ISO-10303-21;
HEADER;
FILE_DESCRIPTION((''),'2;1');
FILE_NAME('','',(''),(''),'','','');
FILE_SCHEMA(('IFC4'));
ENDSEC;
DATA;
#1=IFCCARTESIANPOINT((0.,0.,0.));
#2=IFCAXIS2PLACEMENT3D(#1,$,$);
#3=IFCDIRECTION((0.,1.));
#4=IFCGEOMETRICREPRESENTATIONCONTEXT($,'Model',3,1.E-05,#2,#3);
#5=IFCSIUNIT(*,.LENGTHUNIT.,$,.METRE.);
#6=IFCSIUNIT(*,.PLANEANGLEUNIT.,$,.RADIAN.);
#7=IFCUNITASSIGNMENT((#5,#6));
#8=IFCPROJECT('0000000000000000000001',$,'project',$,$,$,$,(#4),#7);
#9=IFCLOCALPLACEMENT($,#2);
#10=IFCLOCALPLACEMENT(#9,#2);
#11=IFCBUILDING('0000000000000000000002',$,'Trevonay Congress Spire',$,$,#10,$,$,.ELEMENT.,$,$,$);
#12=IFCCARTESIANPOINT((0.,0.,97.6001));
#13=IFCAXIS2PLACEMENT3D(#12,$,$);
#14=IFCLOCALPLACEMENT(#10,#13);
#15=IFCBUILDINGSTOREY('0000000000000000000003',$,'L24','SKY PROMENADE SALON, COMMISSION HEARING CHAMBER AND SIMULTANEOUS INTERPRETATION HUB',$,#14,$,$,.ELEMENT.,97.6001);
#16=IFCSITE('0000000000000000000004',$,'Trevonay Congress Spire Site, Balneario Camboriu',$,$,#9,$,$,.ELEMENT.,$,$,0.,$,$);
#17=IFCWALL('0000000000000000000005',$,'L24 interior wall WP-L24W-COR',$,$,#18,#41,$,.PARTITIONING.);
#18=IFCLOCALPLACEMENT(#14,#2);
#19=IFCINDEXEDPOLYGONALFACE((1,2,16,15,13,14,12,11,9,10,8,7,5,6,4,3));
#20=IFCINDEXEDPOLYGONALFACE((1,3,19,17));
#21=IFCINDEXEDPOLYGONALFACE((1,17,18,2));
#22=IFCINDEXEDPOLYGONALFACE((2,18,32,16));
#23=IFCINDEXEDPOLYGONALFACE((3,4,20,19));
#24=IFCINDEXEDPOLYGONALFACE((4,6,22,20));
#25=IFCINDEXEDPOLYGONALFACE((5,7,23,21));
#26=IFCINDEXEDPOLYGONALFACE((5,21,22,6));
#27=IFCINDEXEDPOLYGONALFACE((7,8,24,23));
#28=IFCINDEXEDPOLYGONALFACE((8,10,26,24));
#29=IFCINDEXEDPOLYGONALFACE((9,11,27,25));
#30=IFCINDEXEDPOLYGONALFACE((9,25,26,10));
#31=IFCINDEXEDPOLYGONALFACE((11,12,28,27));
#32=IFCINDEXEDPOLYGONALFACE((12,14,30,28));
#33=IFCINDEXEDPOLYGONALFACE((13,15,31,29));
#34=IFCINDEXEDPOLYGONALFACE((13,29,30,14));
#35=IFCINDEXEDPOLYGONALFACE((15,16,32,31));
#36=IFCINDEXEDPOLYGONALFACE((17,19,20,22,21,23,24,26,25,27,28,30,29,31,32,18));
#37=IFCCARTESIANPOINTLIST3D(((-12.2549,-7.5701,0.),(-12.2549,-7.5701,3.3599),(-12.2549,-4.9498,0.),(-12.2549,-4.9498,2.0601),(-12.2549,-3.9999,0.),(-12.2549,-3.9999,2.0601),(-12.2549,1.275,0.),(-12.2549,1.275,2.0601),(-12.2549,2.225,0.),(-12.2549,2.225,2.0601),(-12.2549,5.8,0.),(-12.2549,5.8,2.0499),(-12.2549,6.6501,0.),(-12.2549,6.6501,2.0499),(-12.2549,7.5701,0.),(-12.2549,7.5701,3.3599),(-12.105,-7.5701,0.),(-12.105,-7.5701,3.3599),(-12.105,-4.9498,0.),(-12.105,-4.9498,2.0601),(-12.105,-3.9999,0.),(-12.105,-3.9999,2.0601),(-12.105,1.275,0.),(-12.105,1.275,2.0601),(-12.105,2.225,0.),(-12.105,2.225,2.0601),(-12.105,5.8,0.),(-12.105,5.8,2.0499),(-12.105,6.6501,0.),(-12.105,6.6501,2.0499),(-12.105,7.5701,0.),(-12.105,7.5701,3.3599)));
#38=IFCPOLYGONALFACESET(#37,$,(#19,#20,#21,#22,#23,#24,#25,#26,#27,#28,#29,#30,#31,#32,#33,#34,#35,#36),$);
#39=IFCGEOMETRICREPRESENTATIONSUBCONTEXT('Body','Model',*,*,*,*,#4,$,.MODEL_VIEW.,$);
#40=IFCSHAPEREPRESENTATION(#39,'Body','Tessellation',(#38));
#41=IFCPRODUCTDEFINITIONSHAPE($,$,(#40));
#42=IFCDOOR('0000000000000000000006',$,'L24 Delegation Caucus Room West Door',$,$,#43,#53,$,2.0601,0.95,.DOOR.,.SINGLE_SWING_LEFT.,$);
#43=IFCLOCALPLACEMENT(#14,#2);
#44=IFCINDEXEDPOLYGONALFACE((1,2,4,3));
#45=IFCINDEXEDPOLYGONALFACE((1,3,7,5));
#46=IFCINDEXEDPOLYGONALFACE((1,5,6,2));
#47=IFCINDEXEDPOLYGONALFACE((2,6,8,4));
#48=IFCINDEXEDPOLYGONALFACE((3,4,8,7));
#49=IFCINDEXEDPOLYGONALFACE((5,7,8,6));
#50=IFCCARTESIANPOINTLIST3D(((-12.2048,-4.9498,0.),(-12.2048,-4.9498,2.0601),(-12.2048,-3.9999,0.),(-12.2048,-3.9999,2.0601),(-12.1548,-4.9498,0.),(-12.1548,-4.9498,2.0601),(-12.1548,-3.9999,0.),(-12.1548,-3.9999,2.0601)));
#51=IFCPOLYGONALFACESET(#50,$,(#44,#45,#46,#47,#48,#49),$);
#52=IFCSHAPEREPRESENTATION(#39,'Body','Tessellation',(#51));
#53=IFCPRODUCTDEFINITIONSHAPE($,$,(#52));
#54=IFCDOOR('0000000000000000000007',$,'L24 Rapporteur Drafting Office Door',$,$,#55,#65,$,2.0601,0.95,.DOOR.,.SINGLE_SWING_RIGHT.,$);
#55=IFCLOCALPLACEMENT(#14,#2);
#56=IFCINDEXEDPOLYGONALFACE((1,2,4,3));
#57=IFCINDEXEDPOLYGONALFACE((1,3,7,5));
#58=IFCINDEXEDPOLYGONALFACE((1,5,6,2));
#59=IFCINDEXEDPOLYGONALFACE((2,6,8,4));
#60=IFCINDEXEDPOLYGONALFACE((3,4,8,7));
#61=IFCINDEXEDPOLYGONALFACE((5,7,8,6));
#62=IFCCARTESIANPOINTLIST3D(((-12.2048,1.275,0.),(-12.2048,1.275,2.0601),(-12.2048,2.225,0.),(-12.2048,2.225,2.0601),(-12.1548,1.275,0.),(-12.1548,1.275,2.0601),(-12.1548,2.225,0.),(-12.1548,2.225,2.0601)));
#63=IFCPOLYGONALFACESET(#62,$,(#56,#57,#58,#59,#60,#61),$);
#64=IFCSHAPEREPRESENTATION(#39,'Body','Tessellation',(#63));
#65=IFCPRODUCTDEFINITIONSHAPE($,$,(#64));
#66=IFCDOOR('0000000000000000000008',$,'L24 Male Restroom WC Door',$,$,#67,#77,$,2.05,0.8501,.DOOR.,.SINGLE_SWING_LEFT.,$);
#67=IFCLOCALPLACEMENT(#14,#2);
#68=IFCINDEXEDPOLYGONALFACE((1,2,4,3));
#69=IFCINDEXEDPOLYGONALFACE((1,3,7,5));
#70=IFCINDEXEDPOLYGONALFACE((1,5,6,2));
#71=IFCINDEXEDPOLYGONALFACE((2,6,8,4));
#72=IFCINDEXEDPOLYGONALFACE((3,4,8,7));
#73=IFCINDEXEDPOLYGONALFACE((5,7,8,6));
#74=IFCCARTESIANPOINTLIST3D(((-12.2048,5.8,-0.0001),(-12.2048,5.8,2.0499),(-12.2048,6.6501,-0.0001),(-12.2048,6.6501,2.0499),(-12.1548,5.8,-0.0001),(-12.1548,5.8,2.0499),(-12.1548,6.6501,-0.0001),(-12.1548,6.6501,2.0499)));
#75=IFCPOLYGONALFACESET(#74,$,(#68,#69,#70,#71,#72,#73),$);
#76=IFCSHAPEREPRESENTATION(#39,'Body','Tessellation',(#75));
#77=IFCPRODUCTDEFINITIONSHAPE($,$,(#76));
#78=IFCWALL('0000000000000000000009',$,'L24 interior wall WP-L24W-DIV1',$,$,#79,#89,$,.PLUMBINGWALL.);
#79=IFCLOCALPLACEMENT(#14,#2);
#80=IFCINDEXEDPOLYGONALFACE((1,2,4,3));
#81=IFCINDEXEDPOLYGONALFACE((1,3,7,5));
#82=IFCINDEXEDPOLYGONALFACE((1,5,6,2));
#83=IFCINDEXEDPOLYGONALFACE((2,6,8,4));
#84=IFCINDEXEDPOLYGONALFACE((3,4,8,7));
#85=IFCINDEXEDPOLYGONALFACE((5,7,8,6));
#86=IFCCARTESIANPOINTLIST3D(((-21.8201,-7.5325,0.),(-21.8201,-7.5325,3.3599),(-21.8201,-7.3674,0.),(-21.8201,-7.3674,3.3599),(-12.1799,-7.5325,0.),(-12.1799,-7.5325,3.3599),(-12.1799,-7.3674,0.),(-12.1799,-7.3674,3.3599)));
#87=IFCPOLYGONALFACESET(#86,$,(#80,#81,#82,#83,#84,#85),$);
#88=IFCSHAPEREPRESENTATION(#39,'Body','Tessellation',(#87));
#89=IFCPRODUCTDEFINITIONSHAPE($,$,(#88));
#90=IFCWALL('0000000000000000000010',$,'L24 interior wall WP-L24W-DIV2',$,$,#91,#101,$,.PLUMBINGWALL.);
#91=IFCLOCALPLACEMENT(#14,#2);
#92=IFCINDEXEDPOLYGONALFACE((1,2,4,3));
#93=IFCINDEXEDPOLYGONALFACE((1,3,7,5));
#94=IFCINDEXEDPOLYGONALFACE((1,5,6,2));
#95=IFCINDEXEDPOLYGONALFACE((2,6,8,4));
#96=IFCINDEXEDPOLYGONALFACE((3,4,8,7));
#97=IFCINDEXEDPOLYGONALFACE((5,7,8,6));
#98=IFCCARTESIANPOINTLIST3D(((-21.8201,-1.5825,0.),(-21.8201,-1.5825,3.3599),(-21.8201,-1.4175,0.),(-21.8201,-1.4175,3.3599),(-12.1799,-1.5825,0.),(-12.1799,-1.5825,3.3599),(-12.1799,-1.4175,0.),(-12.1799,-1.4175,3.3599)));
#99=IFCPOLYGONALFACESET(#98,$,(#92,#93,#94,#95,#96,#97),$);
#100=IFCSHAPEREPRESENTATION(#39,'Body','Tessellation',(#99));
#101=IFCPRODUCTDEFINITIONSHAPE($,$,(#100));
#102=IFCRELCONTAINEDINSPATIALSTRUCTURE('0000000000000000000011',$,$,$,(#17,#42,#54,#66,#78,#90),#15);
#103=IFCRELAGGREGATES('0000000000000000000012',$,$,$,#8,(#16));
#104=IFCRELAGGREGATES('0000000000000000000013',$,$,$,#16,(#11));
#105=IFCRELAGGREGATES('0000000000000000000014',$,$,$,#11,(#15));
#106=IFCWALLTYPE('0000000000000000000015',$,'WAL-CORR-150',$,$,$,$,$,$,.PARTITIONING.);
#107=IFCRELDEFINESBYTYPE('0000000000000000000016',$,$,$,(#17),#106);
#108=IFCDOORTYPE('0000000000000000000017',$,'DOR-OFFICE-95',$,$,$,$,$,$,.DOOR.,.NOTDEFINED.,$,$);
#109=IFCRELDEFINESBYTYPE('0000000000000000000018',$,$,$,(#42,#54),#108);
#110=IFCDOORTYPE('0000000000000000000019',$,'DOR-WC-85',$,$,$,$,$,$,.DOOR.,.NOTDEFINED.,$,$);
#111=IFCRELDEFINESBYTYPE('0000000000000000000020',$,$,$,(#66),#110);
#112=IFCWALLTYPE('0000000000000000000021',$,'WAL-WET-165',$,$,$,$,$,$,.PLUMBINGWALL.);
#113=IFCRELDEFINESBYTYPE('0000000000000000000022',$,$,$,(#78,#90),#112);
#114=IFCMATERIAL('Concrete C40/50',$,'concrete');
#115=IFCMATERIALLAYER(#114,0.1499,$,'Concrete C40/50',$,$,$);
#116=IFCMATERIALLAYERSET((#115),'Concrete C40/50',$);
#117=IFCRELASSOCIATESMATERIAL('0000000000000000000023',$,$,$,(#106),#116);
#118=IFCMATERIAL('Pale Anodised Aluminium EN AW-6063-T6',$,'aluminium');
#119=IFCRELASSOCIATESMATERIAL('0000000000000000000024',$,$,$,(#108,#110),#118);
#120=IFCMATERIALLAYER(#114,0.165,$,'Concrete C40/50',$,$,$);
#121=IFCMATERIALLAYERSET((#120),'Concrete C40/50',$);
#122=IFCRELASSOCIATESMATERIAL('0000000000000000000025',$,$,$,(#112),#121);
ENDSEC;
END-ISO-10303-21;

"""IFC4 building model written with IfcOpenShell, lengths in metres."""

from ifc_helpers import new_model, si_unit, direction, frame, frame_2d, origin, place, context, subcontext, project, spatial, rectangle, extrude, material, layer, layer_set, type_object, element, fill, save


model = new_model("IFC4")

# Units and contexts
model_context = context("Model", 3, precision=1e-05, world=origin(), true_north=direction((0.0, 1.0)))
body_context = subcontext(model_context, "Body", "Model", "MODEL_VIEW")
ifc_project = project(units=[si_unit("LENGTHUNIT", "METRE"), si_unit("PLANEANGLEUNIT", "RADIAN")], contexts=[model_context])

# Site, building, storey
site_placement = place(None, origin())
site = spatial("IfcSite", under=ifc_project, at=site_placement, Name="Trevonay Congress Spire Site, Balneario Camboriu", CompositionType="ELEMENT", RefElevation=0.0)
building_placement = place(site_placement, origin())
building = spatial("IfcBuilding", under=site, at=building_placement, Name="Trevonay Congress Spire", CompositionType="ELEMENT")
storey_placement = place(building_placement, frame((0.0, 0.0, 97.6001)))
storey = spatial("IfcBuildingStorey", under=building, at=storey_placement, Name="L24", Description="SKY PROMENADE SALON, COMMISSION HEARING CHAMBER AND SIMULTANEOUS INTERPRETATION HUB", CompositionType="ELEMENT", Elevation=97.6001)

# Shared definitions
ifc_material_1 = material(Name="Pale Anodised Aluminium EN AW-6063-T6", Category="aluminium")

# Wall, openings, doors
ifc_material_2 = material(Name="Concrete C40/50", Category="concrete")
ifc_layer_1 = layer(ifc_material_2, 0.1499, Name="Concrete C40/50")
ifc_layer_set_1 = layer_set([ifc_layer_1], Name="Concrete C40/50")
wall_type_1 = type_object("IfcWallType", Name="WAL-CORR-150", PredefinedType="PARTITIONING", material=ifc_layer_set_1)
door_type_1 = type_object("IfcDoorType", Name="DOR-OFFICE-95", OperationType="NOTDEFINED", PredefinedType="DOOR", material=ifc_material_1)
door_type_2 = type_object("IfcDoorType", Name="DOR-WC-85", OperationType="NOTDEFINED", PredefinedType="DOOR", material=ifc_material_1)
wall_1_placement = place(storey_placement, frame((-12.1799, -7.5701, 0.0), z_axis=(0.0, 0.0, 1.0), x_axis=(0.0, 1.0, 0.0)))
wall_1 = element("IfcWall", 1, at=wall_1_placement, inside=storey, type_object=wall_type_1, Name="L24 interior wall WP-L24W-COR", PredefinedType="PARTITIONING", context=body_context, shape_type="SweptSolid", body=[
    extrude(rectangle(XDim=15.1401, YDim=0.1499, at=frame_2d((7.5701, 0.0))), origin(), (0.0, 0.0, 1.0), 3.3599),
])
opening_1_placement = place(wall_1_placement, frame((2.6201, 0.0, 0.0)))
opening_1 = element("IfcOpeningElement", 2, at=opening_1_placement, cuts=wall_1, PredefinedType="OPENING", context=body_context, shape_type="SweptSolid", body=[
    extrude(rectangle(XDim=0.95, YDim=2.0601, at=frame_2d((0.4751, 1.03))), frame((0.0, 0.085, 0.0), z_axis=(0.0, -1.0, 0.0), x_axis=(1.0, 0.0, 0.0)), (0.0, 0.0, 1.0), 0.1699),
])
opening_2_placement = place(wall_1_placement, frame((8.845, 0.0, 0.0)))
opening_2 = element("IfcOpeningElement", 3, at=opening_2_placement, cuts=wall_1, PredefinedType="OPENING", context=body_context, shape_type="SweptSolid", body=[
    extrude(rectangle(XDim=0.95, YDim=2.0601, at=frame_2d((0.4751, 1.03))), frame((0.0, 0.085, 0.0), z_axis=(0.0, -1.0, 0.0), x_axis=(1.0, 0.0, 0.0)), (0.0, 0.0, 1.0), 0.1699),
])
opening_3_placement = place(wall_1_placement, frame((13.3701, 0.0, 0.0)))
opening_3 = element("IfcOpeningElement", 4, at=opening_3_placement, cuts=wall_1, PredefinedType="OPENING", context=body_context, shape_type="SweptSolid", body=[
    extrude(rectangle(XDim=0.8501, YDim=2.05, at=frame_2d((0.425, 1.0249))), frame((0.0, 0.085, 0.0), z_axis=(0.0, -1.0, 0.0), x_axis=(1.0, 0.0, 0.0)), (0.0, 0.0, 1.0), 0.1699),
])
door_1_placement = place(opening_1_placement, origin())
door_1 = element("IfcDoor", 5, at=door_1_placement, inside=storey, type_object=door_type_1, Name="L24 Delegation Caucus Room West Door", OperationType="SINGLE_SWING_LEFT", OverallHeight=2.0601, OverallWidth=0.95, PredefinedType="DOOR", context=body_context, shape_type="SweptSolid", body=[
    extrude(rectangle(XDim=0.95, YDim=2.0601, at=frame_2d((0.4751, 1.03))), frame((0.0, 0.0249, 0.0), z_axis=(0.0, -1.0, 0.0), x_axis=(1.0, 0.0, 0.0)), (0.0, 0.0, 1.0), 0.05),
])
fill(opening_1, door_1)
door_2_placement = place(opening_2_placement, origin())
door_2 = element("IfcDoor", 6, at=door_2_placement, inside=storey, type_object=door_type_1, Name="L24 Rapporteur Drafting Office Door", OperationType="SINGLE_SWING_RIGHT", OverallHeight=2.0601, OverallWidth=0.95, PredefinedType="DOOR", context=body_context, shape_type="SweptSolid", body=[
    extrude(rectangle(XDim=0.95, YDim=2.0601, at=frame_2d((0.4751, 1.03))), frame((0.0, 0.0249, 0.0), z_axis=(0.0, -1.0, 0.0), x_axis=(1.0, 0.0, 0.0)), (0.0, 0.0, 1.0), 0.05),
])
fill(opening_2, door_2)
door_3_placement = place(opening_3_placement, origin())
door_3 = element("IfcDoor", 7, at=door_3_placement, inside=storey, type_object=door_type_2, Name="L24 Male Restroom WC Door", OperationType="SINGLE_SWING_LEFT", OverallHeight=2.05, OverallWidth=0.8501, PredefinedType="DOOR", context=body_context, shape_type="SweptSolid", body=[
    extrude(rectangle(XDim=0.8501, YDim=2.05, at=frame_2d((0.425, 1.0249))), frame((0.0, 0.0249, 0.0), z_axis=(0.0, -1.0, 0.0), x_axis=(1.0, 0.0, 0.0)), (0.0, 0.0, 1.0), 0.05),
])
fill(opening_3, door_3)

# Walls
ifc_layer_2 = layer(ifc_material_2, 0.165, Name="Concrete C40/50")
ifc_layer_set_2 = layer_set([ifc_layer_2], Name="Concrete C40/50")
wall_type_2 = type_object("IfcWallType", Name="WAL-WET-165", PredefinedType="PLUMBINGWALL", material=ifc_layer_set_2)
for number, where, z_axis, x_axis, name in (
    (8, (-21.8201, -7.45, 0.0), (0.0, 0.0, 1.0), (1.0, 0.0, 0.0), "L24 interior wall WP-L24W-DIV1"),
    (9, (-21.8201, -1.5, 0.0), (0.0, 0.0, 1.0), (1.0, 0.0, 0.0), "L24 interior wall WP-L24W-DIV2"),
):
    element("IfcWall", number, at=place(storey_placement, frame(where, z_axis=z_axis, x_axis=x_axis)), inside=storey, type_object=wall_type_2, Name=name, PredefinedType="PLUMBINGWALL", context=body_context, shape_type="SweptSolid", body=[
        extrude(rectangle(XDim=9.6401, YDim=0.165, at=frame_2d((4.8201, 0.0))), origin(), (0.0, 0.0, 1.0), 3.3599),
    ])

save(model, "model.ifc")
